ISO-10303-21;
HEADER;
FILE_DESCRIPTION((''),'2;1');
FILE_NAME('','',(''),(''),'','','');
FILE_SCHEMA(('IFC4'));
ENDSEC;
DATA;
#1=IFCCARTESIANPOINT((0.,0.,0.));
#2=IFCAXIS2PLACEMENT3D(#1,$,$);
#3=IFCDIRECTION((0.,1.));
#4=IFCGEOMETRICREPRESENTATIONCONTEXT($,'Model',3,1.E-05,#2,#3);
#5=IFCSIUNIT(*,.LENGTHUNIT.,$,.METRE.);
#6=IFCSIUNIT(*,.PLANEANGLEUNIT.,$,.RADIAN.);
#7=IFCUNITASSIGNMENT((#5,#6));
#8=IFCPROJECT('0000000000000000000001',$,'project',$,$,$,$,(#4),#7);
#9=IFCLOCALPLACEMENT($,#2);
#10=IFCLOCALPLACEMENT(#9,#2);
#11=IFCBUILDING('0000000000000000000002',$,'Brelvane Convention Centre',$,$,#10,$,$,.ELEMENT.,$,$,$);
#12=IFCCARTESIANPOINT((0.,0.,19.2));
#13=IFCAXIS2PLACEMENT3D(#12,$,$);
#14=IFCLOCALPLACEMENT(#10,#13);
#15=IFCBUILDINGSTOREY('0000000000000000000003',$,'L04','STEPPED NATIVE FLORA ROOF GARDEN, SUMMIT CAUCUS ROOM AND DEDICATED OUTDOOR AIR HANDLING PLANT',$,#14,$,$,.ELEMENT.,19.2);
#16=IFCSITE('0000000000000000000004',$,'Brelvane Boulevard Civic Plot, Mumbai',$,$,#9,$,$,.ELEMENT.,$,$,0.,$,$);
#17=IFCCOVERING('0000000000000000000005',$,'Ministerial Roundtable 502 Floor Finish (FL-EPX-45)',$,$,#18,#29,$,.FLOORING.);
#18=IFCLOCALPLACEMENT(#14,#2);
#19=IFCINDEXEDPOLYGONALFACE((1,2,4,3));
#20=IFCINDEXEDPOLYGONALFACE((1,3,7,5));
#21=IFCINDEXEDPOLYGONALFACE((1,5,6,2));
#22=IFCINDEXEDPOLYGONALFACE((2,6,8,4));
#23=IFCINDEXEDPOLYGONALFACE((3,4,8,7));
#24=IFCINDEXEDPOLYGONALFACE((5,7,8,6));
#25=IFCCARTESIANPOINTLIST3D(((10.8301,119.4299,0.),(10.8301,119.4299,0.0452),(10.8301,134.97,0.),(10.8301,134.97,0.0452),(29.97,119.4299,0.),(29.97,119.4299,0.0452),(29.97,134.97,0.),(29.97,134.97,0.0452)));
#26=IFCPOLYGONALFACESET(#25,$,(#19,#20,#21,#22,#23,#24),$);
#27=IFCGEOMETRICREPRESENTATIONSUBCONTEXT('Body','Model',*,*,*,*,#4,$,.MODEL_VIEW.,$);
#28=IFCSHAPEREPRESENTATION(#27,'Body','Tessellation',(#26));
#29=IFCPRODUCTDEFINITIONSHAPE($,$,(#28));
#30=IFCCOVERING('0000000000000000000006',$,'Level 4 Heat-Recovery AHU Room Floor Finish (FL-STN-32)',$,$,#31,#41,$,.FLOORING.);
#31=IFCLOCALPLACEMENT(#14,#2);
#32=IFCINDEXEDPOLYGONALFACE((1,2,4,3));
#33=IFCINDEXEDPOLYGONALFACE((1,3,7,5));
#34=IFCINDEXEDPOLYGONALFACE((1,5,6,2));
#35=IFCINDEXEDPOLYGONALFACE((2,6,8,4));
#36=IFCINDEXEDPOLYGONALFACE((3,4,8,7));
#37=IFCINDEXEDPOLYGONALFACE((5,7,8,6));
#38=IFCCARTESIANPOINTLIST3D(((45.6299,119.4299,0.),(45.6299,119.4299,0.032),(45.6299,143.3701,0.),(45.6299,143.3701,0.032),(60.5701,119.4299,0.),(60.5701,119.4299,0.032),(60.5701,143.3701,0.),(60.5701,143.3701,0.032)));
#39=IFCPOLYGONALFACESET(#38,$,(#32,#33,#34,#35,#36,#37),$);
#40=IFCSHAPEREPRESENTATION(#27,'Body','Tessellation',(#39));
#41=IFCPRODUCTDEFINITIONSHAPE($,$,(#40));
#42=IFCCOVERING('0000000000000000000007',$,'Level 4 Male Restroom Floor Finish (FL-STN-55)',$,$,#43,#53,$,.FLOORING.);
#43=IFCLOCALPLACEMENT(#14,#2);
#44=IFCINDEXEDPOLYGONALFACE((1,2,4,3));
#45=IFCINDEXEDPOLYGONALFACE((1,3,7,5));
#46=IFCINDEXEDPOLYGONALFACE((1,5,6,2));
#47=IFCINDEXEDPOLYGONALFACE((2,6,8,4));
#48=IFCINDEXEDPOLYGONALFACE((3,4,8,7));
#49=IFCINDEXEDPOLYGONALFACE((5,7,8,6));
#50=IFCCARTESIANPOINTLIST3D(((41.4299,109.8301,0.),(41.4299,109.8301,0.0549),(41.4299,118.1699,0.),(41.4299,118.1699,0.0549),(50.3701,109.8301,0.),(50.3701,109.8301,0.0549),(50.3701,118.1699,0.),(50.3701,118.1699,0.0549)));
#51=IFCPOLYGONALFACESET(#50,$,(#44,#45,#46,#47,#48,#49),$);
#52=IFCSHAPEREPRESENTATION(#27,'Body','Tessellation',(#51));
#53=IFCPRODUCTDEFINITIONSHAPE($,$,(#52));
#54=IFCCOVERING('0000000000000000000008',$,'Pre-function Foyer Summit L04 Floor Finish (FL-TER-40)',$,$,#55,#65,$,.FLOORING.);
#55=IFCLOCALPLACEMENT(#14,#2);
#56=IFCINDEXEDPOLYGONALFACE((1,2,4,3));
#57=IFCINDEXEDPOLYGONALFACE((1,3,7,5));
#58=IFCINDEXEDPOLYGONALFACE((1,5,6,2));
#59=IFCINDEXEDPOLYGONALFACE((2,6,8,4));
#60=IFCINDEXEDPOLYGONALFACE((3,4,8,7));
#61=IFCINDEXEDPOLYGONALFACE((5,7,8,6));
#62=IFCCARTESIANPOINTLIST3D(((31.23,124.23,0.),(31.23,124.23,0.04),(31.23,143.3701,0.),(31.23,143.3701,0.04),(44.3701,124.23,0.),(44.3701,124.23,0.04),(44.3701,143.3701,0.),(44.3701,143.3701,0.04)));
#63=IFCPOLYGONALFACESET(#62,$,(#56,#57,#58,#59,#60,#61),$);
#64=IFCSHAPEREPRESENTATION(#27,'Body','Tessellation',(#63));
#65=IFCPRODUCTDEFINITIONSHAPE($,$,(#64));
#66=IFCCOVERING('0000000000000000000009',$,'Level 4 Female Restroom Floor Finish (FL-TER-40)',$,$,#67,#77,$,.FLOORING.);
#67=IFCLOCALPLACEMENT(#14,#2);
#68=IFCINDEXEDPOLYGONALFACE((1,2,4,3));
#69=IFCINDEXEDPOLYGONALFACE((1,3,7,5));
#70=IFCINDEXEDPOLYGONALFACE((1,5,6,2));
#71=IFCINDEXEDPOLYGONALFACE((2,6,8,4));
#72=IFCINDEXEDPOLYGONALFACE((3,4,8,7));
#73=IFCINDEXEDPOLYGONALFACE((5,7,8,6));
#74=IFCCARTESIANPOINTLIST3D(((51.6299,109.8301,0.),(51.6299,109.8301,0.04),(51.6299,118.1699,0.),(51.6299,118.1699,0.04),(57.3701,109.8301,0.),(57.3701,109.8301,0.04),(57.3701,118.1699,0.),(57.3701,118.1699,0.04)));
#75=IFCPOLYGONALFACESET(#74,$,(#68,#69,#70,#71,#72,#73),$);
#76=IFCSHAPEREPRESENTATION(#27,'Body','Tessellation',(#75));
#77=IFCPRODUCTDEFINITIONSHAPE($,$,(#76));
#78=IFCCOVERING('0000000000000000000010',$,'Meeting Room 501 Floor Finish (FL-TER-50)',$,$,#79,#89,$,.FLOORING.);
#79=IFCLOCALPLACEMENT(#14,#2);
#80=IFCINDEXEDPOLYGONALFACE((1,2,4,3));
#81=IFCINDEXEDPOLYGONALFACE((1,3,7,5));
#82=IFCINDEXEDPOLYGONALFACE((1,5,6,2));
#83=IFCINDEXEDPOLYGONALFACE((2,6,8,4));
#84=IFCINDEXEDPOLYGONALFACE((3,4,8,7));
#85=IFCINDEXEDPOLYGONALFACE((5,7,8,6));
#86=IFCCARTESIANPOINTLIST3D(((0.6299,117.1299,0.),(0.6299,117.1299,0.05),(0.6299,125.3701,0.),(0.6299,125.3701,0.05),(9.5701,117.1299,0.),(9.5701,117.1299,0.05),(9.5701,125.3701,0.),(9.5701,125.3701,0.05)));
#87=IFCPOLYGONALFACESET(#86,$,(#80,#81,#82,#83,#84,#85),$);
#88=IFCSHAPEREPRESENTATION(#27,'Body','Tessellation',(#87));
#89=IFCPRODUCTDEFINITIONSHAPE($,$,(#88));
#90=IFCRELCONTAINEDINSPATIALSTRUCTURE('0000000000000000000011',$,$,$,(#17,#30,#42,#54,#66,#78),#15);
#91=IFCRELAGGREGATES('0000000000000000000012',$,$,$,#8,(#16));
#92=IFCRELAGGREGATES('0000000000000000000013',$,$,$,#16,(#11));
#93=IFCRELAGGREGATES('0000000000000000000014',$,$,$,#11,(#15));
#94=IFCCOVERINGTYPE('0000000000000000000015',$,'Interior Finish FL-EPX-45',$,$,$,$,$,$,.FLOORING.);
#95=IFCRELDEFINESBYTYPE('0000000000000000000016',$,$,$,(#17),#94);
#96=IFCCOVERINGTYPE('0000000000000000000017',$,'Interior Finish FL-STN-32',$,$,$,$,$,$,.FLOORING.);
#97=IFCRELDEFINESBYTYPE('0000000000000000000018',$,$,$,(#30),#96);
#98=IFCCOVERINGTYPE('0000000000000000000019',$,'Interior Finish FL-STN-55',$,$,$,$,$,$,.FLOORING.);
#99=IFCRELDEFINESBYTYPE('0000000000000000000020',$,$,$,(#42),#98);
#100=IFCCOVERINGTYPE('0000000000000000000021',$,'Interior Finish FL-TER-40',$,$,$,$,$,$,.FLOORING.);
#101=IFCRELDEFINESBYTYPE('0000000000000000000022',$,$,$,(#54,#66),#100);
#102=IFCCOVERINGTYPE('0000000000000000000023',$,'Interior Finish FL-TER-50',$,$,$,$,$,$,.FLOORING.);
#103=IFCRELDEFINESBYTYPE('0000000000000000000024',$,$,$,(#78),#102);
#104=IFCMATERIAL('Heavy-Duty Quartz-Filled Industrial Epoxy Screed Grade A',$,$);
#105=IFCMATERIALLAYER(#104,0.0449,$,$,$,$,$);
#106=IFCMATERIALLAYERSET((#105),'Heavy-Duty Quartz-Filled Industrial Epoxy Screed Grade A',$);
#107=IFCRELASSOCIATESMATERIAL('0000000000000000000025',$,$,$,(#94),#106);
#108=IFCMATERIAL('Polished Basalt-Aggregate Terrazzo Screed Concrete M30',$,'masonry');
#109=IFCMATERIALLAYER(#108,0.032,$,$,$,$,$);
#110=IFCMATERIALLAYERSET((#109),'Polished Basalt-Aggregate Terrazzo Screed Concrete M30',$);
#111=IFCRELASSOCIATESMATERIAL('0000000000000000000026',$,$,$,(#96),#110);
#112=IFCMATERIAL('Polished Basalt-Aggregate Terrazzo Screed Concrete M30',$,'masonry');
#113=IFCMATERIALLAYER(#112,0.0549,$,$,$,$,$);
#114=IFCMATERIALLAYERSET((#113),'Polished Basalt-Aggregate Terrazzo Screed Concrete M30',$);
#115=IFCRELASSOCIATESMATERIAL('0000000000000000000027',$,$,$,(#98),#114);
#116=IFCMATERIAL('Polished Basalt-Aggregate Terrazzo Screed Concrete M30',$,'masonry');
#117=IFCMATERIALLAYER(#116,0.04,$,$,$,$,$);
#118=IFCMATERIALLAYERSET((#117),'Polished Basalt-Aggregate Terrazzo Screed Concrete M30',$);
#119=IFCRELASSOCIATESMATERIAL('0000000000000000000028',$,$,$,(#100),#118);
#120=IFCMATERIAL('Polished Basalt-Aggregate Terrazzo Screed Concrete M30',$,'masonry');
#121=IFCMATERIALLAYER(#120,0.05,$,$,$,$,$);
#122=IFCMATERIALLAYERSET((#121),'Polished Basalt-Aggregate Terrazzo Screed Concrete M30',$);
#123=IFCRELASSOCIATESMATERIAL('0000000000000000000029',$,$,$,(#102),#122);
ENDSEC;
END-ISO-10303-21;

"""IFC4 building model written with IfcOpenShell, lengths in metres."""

from ifc_helpers import new_model, si_unit, direction, frame, origin, place, context, subcontext, project, spatial, polyline, outline, extrude, material, layer, layer_set, type_object, element, save


model = new_model("IFC4")

# Units and contexts
model_context = context("Model", 3, precision=1e-05, world=origin(), true_north=direction((0.0, 1.0)))
body_context = subcontext(model_context, "Body", "Model", "MODEL_VIEW")
ifc_project = project(units=[si_unit("LENGTHUNIT", "METRE"), si_unit("PLANEANGLEUNIT", "RADIAN")], contexts=[model_context])

# Site, building, storey
site_placement = place(None, origin())
site = spatial("IfcSite", under=ifc_project, at=site_placement, Name="Brelvane Boulevard Civic Plot, Mumbai", CompositionType="ELEMENT", RefElevation=0.0)
building_placement = place(site_placement, origin())
building = spatial("IfcBuilding", under=site, at=building_placement, Name="Brelvane Convention Centre", CompositionType="ELEMENT")
storey_placement = place(building_placement, frame((0.0, 0.0, 19.2)))
storey = spatial("IfcBuildingStorey", under=building, at=storey_placement, Name="L04", Description="STEPPED NATIVE FLORA ROOF GARDEN, SUMMIT CAUCUS ROOM AND DEDICATED OUTDOOR AIR HANDLING PLANT", CompositionType="ELEMENT", Elevation=19.2)

# Coverings
ifc_material_1 = material(Name="Heavy-Duty Quartz-Filled Industrial Epoxy Screed Grade A")
ifc_layer_1 = layer(ifc_material_1, 0.0449)
ifc_layer_set_1 = layer_set([ifc_layer_1], Name="Heavy-Duty Quartz-Filled Industrial Epoxy Screed Grade A")
covering_type_1 = type_object("IfcCoveringType", Name="Interior Finish FL-EPX-45", PredefinedType="FLOORING", material=ifc_layer_set_1)
covering_1_placement = place(storey_placement, origin())
element("IfcCovering", 1, at=covering_1_placement, inside=storey, type_object=covering_type_1, Name="Ministerial Roundtable 502 Floor Finish (FL-EPX-45)", PredefinedType="FLOORING", context=body_context, shape_type="SweptSolid", body=[
    extrude(outline(polyline([(10.8301, 119.4299), (29.97, 119.4299), (29.97, 134.97), (10.8301, 134.97), (10.8301, 119.4299)])), origin(), (0.0, 0.0, 1.0), 0.0452),
])
ifc_material_2 = material(Name="Polished Basalt-Aggregate Terrazzo Screed Concrete M30", Category="masonry")
ifc_layer_2 = layer(ifc_material_2, 0.032)
ifc_layer_set_2 = layer_set([ifc_layer_2], Name="Polished Basalt-Aggregate Terrazzo Screed Concrete M30")
covering_type_2 = type_object("IfcCoveringType", Name="Interior Finish FL-STN-32", PredefinedType="FLOORING", material=ifc_layer_set_2)
covering_2_placement = place(storey_placement, origin())
element("IfcCovering", 2, at=covering_2_placement, inside=storey, type_object=covering_type_2, Name="Level 4 Heat-Recovery AHU Room Floor Finish (FL-STN-32)", PredefinedType="FLOORING", context=body_context, shape_type="SweptSolid", body=[
    extrude(outline(polyline([(45.6299, 119.4299), (60.5701, 119.4299), (60.5701, 143.3701), (45.6299, 143.3701), (45.6299, 119.4299)])), origin(), (0.0, 0.0, 1.0), 0.032),
])
ifc_material_3 = material(Name="Polished Basalt-Aggregate Terrazzo Screed Concrete M30", Category="masonry")
ifc_layer_3 = layer(ifc_material_3, 0.0549)
ifc_layer_set_3 = layer_set([ifc_layer_3], Name="Polished Basalt-Aggregate Terrazzo Screed Concrete M30")
covering_type_3 = type_object("IfcCoveringType", Name="Interior Finish FL-STN-55", PredefinedType="FLOORING", material=ifc_layer_set_3)
covering_3_placement = place(storey_placement, origin())
element("IfcCovering", 3, at=covering_3_placement, inside=storey, type_object=covering_type_3, Name="Level 4 Male Restroom Floor Finish (FL-STN-55)", PredefinedType="FLOORING", context=body_context, shape_type="SweptSolid", body=[
    extrude(outline(polyline([(41.4299, 109.8301), (50.3701, 109.8301), (50.3701, 118.1699), (41.4299, 118.1699), (41.4299, 109.8301)])), origin(), (0.0, 0.0, 1.0), 0.0549),
])
ifc_material_4 = material(Name="Polished Basalt-Aggregate Terrazzo Screed Concrete M30", Category="masonry")
ifc_layer_4 = layer(ifc_material_4, 0.04)
ifc_layer_set_4 = layer_set([ifc_layer_4], Name="Polished Basalt-Aggregate Terrazzo Screed Concrete M30")
covering_type_4 = type_object("IfcCoveringType", Name="Interior Finish FL-TER-40", PredefinedType="FLOORING", material=ifc_layer_set_4)
covering_4_placement = place(storey_placement, origin())
element("IfcCovering", 4, at=covering_4_placement, inside=storey, type_object=covering_type_4, Name="Pre-function Foyer Summit L04 Floor Finish (FL-TER-40)", PredefinedType="FLOORING", context=body_context, shape_type="SweptSolid", body=[
    extrude(outline(polyline([(31.23, 124.23), (44.3701, 124.23), (44.3701, 143.3701), (31.23, 143.3701), (31.23, 124.23)])), origin(), (0.0, 0.0, 1.0), 0.04),
])
covering_5_placement = place(storey_placement, origin())
element("IfcCovering", 5, at=covering_5_placement, inside=storey, type_object=covering_type_4, Name="Level 4 Female Restroom Floor Finish (FL-TER-40)", PredefinedType="FLOORING", context=body_context, shape_type="SweptSolid", body=[
    extrude(outline(polyline([(51.6299, 109.8301), (57.3701, 109.8301), (57.3701, 118.1699), (51.6299, 118.1699), (51.6299, 109.8301)])), origin(), (0.0, 0.0, 1.0), 0.04),
])
ifc_material_5 = material(Name="Polished Basalt-Aggregate Terrazzo Screed Concrete M30", Category="masonry")
ifc_layer_5 = layer(ifc_material_5, 0.05)
ifc_layer_set_5 = layer_set([ifc_layer_5], Name="Polished Basalt-Aggregate Terrazzo Screed Concrete M30")
covering_type_5 = type_object("IfcCoveringType", Name="Interior Finish FL-TER-50", PredefinedType="FLOORING", material=ifc_layer_set_5)
covering_6_placement = place(storey_placement, origin())
element("IfcCovering", 6, at=covering_6_placement, inside=storey, type_object=covering_type_5, Name="Meeting Room 501 Floor Finish (FL-TER-50)", PredefinedType="FLOORING", context=body_context, shape_type="SweptSolid", body=[
    extrude(outline(polyline([(0.6299, 117.1299), (9.5701, 117.1299), (9.5701, 125.3701), (0.6299, 125.3701), (0.6299, 117.1299)])), origin(), (0.0, 0.0, 1.0), 0.05),
])

save(model, "model.ifc")
